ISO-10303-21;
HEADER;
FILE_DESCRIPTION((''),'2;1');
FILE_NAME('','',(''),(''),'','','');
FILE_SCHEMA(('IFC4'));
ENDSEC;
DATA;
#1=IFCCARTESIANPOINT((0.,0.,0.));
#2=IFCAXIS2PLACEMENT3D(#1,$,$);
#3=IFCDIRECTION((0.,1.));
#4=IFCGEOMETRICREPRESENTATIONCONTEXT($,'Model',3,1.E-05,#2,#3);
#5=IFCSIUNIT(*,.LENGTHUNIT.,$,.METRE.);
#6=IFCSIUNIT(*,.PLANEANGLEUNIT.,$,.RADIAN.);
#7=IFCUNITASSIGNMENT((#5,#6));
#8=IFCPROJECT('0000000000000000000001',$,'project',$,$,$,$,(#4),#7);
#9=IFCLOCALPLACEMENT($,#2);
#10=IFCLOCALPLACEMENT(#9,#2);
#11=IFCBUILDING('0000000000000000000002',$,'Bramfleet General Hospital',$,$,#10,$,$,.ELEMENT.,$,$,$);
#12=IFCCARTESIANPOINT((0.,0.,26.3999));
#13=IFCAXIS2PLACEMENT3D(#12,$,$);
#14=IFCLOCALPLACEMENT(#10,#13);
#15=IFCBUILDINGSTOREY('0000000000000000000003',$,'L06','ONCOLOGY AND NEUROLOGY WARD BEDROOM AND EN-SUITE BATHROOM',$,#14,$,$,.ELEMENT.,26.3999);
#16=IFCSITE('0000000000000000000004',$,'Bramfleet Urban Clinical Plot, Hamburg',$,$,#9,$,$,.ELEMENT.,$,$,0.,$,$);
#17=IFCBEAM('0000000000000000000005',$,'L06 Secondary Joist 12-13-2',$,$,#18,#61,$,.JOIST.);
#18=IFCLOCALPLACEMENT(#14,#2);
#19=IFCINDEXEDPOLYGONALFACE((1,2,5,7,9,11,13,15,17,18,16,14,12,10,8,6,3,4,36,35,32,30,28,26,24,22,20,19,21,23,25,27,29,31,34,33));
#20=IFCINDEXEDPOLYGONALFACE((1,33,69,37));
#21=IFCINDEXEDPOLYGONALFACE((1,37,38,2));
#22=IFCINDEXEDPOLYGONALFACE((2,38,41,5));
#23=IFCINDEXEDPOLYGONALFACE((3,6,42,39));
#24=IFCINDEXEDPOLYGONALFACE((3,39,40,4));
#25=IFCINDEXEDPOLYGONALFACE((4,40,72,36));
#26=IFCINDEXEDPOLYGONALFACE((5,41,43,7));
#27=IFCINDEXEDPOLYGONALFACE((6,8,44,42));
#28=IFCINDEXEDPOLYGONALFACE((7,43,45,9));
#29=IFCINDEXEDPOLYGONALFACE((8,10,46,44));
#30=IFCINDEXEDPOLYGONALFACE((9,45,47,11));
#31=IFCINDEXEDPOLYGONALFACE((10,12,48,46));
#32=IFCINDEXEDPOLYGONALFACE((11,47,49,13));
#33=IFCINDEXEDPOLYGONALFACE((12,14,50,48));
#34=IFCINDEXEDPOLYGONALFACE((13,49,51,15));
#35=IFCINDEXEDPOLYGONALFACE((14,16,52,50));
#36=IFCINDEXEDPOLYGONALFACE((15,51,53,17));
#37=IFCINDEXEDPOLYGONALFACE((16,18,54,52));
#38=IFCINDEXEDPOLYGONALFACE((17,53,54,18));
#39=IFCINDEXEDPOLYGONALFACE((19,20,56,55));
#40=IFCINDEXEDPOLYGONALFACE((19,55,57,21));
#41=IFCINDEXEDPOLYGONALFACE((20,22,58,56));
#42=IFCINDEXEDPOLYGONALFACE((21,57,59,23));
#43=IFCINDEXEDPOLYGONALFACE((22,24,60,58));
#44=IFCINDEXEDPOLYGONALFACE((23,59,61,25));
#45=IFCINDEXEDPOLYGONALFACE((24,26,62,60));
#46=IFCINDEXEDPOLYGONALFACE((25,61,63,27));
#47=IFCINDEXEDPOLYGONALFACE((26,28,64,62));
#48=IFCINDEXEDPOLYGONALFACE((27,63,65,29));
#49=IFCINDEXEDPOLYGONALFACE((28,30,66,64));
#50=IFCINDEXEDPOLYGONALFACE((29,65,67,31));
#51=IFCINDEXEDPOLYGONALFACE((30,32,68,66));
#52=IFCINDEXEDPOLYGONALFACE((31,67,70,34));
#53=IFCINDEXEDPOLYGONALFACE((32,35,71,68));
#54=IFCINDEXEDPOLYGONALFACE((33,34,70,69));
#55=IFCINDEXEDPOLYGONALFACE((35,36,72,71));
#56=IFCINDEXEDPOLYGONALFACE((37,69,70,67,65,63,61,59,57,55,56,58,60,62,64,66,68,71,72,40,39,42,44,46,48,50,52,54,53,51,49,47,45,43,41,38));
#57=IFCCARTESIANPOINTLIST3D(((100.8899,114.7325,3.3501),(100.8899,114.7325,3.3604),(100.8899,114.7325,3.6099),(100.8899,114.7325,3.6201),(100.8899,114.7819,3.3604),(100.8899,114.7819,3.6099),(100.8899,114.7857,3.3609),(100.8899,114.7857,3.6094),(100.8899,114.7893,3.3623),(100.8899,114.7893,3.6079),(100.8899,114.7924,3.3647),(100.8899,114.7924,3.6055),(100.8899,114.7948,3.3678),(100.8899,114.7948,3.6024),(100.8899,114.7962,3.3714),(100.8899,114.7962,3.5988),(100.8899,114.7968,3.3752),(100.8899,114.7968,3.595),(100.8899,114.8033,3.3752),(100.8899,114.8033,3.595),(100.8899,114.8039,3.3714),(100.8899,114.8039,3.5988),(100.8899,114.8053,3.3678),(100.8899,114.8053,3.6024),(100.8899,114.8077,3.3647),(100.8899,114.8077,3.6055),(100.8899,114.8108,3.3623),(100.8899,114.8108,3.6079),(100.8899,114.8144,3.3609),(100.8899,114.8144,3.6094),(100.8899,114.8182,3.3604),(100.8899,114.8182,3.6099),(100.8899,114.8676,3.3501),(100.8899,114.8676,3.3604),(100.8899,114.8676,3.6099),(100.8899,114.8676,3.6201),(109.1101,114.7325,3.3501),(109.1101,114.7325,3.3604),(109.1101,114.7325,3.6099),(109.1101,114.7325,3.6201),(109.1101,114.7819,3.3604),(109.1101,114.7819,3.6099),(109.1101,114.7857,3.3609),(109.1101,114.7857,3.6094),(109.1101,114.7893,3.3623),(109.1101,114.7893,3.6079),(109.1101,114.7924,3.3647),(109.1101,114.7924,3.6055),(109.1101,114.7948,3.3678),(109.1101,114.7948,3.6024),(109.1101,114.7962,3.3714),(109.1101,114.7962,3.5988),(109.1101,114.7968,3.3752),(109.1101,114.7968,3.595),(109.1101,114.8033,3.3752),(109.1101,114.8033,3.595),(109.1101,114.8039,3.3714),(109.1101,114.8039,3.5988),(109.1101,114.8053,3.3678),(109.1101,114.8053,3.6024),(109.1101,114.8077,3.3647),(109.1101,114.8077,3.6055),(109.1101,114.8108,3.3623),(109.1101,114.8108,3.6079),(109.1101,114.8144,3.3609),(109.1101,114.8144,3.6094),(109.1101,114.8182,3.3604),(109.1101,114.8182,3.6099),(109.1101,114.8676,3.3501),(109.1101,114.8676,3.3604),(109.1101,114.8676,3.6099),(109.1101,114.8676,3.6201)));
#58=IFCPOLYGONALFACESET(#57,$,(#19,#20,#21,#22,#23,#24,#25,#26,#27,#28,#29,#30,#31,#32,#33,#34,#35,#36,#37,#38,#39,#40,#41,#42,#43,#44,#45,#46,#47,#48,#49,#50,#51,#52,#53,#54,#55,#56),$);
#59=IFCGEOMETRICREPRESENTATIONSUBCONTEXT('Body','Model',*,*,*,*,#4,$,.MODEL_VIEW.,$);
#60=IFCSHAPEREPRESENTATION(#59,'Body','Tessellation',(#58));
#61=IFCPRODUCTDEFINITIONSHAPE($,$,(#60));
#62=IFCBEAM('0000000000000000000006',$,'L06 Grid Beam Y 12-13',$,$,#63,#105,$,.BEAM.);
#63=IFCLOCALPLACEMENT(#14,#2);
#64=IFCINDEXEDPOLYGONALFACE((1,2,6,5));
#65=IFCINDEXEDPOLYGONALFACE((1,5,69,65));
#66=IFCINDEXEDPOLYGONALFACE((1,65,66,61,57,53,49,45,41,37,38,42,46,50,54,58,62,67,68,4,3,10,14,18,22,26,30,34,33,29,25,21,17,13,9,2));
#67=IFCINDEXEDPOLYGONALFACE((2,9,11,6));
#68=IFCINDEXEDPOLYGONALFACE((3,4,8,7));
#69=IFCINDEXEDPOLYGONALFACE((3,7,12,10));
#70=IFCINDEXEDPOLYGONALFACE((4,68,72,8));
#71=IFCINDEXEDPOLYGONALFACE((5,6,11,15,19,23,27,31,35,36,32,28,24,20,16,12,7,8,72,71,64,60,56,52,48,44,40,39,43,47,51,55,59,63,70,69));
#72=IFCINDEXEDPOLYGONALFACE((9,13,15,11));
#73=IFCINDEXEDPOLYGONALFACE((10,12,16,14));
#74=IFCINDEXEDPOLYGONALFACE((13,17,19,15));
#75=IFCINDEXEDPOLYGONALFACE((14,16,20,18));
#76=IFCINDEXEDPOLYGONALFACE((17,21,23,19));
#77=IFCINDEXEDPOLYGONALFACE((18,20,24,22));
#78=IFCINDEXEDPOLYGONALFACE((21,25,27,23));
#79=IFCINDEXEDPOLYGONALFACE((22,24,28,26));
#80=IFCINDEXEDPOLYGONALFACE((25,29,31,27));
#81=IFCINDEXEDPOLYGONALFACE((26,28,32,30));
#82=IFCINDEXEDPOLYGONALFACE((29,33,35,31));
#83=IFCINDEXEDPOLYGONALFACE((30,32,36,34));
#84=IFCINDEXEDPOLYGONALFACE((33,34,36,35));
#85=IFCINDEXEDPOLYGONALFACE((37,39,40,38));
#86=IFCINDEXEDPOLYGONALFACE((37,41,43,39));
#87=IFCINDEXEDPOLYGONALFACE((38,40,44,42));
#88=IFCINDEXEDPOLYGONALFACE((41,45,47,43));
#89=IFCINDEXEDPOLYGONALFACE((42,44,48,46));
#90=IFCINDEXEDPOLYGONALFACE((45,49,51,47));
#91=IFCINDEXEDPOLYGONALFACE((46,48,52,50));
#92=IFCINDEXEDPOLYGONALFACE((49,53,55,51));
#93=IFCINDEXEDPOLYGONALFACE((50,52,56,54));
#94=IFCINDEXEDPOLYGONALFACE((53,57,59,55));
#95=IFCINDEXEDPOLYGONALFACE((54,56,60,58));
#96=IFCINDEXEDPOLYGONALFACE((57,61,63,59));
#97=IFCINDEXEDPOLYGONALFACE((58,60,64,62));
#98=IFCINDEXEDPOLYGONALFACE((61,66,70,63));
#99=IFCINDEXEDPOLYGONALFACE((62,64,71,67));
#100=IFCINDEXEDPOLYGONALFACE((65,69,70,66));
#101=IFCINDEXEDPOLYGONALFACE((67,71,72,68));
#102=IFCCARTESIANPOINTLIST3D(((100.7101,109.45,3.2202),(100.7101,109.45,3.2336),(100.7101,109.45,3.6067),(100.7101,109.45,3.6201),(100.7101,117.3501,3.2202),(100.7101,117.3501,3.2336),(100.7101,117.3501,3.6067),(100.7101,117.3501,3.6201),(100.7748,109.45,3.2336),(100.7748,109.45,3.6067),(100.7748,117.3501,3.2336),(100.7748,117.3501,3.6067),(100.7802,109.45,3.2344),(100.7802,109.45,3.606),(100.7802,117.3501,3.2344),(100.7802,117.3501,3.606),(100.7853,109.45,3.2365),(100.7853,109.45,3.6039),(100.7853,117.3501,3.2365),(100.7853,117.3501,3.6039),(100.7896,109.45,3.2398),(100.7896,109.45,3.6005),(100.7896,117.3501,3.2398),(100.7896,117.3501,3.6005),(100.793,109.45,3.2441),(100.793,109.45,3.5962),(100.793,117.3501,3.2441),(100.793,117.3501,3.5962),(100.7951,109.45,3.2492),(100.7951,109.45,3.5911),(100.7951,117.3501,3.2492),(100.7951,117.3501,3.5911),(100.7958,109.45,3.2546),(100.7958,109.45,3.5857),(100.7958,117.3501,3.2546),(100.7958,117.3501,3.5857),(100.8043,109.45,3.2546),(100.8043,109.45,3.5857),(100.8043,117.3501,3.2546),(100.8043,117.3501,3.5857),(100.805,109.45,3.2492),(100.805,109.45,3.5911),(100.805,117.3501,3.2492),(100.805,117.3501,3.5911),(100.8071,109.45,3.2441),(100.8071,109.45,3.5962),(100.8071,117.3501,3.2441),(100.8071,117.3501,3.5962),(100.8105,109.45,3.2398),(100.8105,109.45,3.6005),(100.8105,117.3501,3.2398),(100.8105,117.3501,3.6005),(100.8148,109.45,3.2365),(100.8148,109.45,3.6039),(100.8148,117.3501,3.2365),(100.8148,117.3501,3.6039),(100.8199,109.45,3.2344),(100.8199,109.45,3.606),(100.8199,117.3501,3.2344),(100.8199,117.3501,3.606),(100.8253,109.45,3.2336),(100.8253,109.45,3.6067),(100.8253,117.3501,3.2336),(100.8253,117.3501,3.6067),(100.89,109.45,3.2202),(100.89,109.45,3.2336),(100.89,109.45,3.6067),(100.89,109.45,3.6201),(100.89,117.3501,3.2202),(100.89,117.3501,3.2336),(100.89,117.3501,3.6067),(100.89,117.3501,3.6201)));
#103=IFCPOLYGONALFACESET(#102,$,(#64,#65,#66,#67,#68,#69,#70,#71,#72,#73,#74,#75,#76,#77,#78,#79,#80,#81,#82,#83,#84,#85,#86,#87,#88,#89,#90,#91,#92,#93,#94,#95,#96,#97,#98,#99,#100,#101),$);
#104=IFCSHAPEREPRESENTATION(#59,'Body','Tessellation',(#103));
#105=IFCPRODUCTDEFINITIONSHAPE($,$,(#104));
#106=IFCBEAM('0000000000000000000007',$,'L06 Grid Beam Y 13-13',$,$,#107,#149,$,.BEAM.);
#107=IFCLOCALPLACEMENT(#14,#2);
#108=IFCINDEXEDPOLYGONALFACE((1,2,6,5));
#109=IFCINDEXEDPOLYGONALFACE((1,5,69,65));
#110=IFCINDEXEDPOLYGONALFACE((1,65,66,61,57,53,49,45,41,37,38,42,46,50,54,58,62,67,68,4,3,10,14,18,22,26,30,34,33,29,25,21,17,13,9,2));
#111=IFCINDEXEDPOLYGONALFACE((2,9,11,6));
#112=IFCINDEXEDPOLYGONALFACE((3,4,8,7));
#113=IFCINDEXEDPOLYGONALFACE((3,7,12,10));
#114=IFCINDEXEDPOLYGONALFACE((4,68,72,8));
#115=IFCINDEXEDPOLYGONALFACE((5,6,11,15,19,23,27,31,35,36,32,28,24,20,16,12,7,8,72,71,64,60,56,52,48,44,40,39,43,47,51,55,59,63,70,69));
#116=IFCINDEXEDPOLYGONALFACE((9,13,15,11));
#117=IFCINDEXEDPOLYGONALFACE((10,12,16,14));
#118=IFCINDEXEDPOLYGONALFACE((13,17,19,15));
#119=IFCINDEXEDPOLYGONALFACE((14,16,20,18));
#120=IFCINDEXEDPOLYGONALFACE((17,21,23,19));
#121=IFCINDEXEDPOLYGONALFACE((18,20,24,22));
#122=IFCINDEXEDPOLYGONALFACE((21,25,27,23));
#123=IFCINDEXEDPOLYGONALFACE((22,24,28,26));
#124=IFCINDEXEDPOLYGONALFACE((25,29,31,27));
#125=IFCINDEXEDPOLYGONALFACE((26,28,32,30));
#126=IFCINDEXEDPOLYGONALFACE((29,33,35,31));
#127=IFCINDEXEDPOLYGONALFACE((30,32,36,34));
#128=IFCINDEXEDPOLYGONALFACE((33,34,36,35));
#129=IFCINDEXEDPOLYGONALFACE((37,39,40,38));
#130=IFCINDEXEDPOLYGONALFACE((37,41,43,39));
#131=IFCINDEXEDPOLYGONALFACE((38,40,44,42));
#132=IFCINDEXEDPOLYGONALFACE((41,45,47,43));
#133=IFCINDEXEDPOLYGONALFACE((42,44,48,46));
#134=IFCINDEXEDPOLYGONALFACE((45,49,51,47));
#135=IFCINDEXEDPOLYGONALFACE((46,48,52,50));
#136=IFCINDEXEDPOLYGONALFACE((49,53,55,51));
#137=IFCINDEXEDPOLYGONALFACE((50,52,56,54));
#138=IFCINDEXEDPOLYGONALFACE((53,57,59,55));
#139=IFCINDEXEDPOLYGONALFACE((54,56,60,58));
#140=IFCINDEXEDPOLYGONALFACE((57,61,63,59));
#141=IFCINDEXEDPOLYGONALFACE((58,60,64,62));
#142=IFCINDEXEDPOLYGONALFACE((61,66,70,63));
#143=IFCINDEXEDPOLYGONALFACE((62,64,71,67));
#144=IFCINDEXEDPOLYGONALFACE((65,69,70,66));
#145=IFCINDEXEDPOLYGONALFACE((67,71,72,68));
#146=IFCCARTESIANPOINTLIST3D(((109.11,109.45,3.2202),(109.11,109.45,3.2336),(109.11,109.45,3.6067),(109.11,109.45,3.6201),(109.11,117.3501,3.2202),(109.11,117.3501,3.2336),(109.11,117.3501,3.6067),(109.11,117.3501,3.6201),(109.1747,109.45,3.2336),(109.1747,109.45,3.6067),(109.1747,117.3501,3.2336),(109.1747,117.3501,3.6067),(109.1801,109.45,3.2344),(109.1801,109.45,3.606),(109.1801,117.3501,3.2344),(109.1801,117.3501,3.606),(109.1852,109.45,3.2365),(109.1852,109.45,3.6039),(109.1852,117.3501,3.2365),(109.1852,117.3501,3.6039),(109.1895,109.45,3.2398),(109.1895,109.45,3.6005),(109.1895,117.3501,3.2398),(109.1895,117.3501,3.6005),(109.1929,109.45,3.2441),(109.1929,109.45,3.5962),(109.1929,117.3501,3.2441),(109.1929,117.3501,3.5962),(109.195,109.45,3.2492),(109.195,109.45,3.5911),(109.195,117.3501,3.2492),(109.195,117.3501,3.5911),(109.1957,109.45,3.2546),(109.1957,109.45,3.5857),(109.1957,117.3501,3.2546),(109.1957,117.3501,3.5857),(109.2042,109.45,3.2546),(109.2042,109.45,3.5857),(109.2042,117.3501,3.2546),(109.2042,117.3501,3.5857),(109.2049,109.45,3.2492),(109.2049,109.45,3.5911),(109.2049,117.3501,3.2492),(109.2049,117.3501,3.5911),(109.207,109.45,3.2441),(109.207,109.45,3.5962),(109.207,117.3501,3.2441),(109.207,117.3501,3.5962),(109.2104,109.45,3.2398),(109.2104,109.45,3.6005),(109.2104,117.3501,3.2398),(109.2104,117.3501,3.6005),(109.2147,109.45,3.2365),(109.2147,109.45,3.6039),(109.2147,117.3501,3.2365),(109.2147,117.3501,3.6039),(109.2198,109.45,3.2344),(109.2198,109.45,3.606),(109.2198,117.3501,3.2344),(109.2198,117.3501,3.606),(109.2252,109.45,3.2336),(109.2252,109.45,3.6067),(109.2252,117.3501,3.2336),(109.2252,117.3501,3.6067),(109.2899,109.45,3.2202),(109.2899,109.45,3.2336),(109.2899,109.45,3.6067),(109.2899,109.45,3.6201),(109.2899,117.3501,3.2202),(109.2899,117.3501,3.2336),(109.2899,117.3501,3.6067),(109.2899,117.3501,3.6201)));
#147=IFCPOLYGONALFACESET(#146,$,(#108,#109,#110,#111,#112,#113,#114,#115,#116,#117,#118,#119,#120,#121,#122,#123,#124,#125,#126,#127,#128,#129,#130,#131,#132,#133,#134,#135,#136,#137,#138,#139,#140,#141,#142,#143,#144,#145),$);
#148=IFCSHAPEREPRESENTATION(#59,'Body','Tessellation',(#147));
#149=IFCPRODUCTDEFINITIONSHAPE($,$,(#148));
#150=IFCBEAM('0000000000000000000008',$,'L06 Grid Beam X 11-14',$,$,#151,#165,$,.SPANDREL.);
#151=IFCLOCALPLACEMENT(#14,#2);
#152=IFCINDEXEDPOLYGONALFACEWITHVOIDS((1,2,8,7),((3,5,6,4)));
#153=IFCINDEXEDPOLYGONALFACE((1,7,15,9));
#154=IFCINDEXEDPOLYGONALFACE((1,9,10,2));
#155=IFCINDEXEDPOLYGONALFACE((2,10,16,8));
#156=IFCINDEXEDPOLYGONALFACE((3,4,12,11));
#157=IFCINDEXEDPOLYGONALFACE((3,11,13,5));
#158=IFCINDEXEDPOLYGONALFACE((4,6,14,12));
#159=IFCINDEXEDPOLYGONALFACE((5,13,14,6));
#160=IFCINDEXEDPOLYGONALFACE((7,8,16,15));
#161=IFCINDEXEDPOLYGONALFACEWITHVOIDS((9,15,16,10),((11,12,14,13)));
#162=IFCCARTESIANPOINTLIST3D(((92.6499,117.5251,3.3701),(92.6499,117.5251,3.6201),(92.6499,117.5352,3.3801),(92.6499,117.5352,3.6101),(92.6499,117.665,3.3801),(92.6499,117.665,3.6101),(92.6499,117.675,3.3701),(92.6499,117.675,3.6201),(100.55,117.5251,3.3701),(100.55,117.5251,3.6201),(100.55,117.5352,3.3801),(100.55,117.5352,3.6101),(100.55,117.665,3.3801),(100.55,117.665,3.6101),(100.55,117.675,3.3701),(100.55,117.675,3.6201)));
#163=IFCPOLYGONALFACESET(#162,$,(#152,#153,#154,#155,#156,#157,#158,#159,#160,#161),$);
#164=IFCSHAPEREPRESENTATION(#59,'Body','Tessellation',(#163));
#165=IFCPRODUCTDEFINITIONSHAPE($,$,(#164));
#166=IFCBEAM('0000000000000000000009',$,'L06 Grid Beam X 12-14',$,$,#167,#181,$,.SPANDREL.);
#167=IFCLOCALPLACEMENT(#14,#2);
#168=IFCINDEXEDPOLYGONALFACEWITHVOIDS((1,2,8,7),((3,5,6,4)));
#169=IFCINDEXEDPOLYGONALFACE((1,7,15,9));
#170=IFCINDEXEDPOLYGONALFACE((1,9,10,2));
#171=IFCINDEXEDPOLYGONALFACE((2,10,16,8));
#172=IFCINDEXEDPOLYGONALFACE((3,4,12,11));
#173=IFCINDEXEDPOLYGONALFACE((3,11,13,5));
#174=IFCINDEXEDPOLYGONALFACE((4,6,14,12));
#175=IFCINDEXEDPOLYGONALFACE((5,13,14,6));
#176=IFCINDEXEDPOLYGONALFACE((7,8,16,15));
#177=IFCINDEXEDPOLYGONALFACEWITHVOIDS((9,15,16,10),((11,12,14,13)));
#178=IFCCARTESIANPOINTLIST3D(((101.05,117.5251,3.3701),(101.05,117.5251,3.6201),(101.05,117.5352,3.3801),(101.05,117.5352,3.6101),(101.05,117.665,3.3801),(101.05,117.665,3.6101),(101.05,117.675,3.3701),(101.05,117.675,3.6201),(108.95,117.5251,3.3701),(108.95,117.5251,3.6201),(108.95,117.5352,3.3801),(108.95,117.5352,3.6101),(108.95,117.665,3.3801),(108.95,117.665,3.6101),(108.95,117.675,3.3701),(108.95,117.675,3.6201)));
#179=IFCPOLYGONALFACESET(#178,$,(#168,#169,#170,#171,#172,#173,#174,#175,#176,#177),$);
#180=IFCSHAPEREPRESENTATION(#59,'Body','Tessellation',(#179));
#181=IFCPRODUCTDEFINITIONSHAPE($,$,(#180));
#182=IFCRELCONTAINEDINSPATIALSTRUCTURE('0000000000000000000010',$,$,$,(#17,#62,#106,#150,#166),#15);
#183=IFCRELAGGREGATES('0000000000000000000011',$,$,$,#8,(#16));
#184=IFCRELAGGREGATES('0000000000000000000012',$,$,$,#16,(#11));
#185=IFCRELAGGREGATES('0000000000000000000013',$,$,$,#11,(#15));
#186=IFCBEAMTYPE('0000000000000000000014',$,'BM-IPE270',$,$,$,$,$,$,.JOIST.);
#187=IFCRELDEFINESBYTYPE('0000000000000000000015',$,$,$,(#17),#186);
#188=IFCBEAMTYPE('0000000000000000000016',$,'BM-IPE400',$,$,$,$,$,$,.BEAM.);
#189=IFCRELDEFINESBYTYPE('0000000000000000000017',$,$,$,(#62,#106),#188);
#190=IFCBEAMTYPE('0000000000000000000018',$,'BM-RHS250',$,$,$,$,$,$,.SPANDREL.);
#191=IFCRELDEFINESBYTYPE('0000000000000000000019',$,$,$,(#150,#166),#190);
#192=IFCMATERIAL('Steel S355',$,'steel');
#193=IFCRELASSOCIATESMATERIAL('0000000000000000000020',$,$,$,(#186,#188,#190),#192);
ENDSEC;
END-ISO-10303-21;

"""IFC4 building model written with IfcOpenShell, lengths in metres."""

from ifc_helpers import new_model, si_unit, direction, frame, origin, origin_2d, place, context, subcontext, project, spatial, hollow_rectangle, i_section, extrude, material, material_profile, profile_set, type_object, element, save


model = new_model("IFC4")

# Units and contexts
model_context = context("Model", 3, precision=1e-05, world=origin(), true_north=direction((0.0, 1.0)))
body_context = subcontext(model_context, "Body", "Model", "MODEL_VIEW")
ifc_project = project(units=[si_unit("LENGTHUNIT", "METRE"), si_unit("PLANEANGLEUNIT", "RADIAN")], contexts=[model_context])

# Site, building, storey
site_placement = place(None, origin())
site = spatial("IfcSite", under=ifc_project, at=site_placement, Name="Bramfleet Urban Clinical Plot, Hamburg", CompositionType="ELEMENT", RefElevation=0.0)
building_placement = place(site_placement, origin())
building = spatial("IfcBuilding", under=site, at=building_placement, Name="Bramfleet General Hospital", CompositionType="ELEMENT")
storey_placement = place(building_placement, frame((0.0, 0.0, 26.3999)))
storey = spatial("IfcBuildingStorey", under=building, at=storey_placement, Name="L06", Description="ONCOLOGY AND NEUROLOGY WARD BEDROOM AND EN-SUITE BATHROOM", CompositionType="ELEMENT", Elevation=26.3999)

# Beams
ifc_material_1 = material(Name="Steel S355", Category="steel")
ifc_material_profile_1 = material_profile(ifc_material_1, i_section(OverallWidth=0.135, OverallDepth=0.27, WebThickness=0.0066, FlangeThickness=0.0103, FilletRadius=0.0149, at=origin_2d()), Name="IPE 270")
ifc_profile_set_1 = profile_set([ifc_material_profile_1], Name="Steel S355")
beam_type_1 = type_object("IfcBeamType", Name="BM-IPE270", PredefinedType="JOIST", material=ifc_profile_set_1)
for number, where, z_axis, x_axis, name in (
    (1, (100.8899, 114.8, 3.4851), (1.0, 0.0, 0.0), (0.0, 1.0, 0.0), "L06 Secondary Joist 12-13-2"),
):
    element("IfcBeam", number, at=place(storey_placement, frame(where, z_axis=z_axis, x_axis=x_axis)), inside=storey, type_object=beam_type_1, Name=name, PredefinedType="JOIST", context=body_context, shape_type="SweptSolid", body=[
        extrude(i_section(OverallWidth=0.135, OverallDepth=0.27, WebThickness=0.0066, FlangeThickness=0.0103, FilletRadius=0.0149, at=origin_2d()), origin(), (0.0, 0.0, 1.0), 8.2202),
    ])
ifc_material_profile_2 = material_profile(ifc_material_1, i_section(OverallWidth=0.1799, OverallDepth=0.3999, WebThickness=0.0085, FlangeThickness=0.0134, FilletRadius=0.021, at=origin_2d()), Name="IPE 400")
ifc_profile_set_2 = profile_set([ifc_material_profile_2], Name="Steel S355")
beam_type_2 = type_object("IfcBeamType", Name="BM-IPE400", PredefinedType="BEAM", material=ifc_profile_set_2)
for number, where, z_axis, x_axis, name in (
    (2, (100.8, 109.45, 3.4202), (0.0, 1.0, 0.0), (-1.0, 0.0, 0.0), "L06 Grid Beam Y 12-13"),
    (3, (109.2, 109.45, 3.4202), (0.0, 1.0, 0.0), (-1.0, 0.0, 0.0), "L06 Grid Beam Y 13-13"),
):
    element("IfcBeam", number, at=place(storey_placement, frame(where, z_axis=z_axis, x_axis=x_axis)), inside=storey, type_object=beam_type_2, Name=name, PredefinedType="BEAM", context=body_context, shape_type="SweptSolid", body=[
        extrude(i_section(OverallWidth=0.1799, OverallDepth=0.3999, WebThickness=0.0085, FlangeThickness=0.0134, FilletRadius=0.021, at=origin_2d()), origin(), (0.0, 0.0, 1.0), 7.9001),
    ])
ifc_material_profile_3 = material_profile(ifc_material_1, hollow_rectangle(XDim=0.1499, YDim=0.25, WallThickness=0.01, at=origin_2d()), Name="RHS 250x150x10.0")
ifc_profile_set_3 = profile_set([ifc_material_profile_3], Name="Steel S355")
beam_type_3 = type_object("IfcBeamType", Name="BM-RHS250", PredefinedType="SPANDREL", material=ifc_profile_set_3)
beam_1_placement = place(storey_placement, frame((92.6499, 117.6001, 3.4951), z_axis=(1.0, 0.0, 0.0), x_axis=(0.0, 1.0, 0.0)))
element("IfcBeam", 4, at=beam_1_placement, inside=storey, type_object=beam_type_3, Name="L06 Grid Beam X 11-14", PredefinedType="SPANDREL", context=body_context, shape_type="SweptSolid", body=[
    extrude(hollow_rectangle(XDim=0.1499, YDim=0.25, WallThickness=0.01, at=origin_2d()), origin(), (0.0, 0.0, 1.0), 7.9001),
])
beam_2_placement = place(storey_placement, frame((101.05, 117.6001, 3.4951), z_axis=(1.0, 0.0, 0.0), x_axis=(0.0, 1.0, 0.0)))
element("IfcBeam", 5, at=beam_2_placement, inside=storey, type_object=beam_type_3, Name="L06 Grid Beam X 12-14", PredefinedType="SPANDREL", context=body_context, shape_type="SweptSolid", body=[
    extrude(hollow_rectangle(XDim=0.1499, YDim=0.25, WallThickness=0.01, at=origin_2d()), origin(), (0.0, 0.0, 1.0), 7.8999),
])

save(model, "model.ifc")
